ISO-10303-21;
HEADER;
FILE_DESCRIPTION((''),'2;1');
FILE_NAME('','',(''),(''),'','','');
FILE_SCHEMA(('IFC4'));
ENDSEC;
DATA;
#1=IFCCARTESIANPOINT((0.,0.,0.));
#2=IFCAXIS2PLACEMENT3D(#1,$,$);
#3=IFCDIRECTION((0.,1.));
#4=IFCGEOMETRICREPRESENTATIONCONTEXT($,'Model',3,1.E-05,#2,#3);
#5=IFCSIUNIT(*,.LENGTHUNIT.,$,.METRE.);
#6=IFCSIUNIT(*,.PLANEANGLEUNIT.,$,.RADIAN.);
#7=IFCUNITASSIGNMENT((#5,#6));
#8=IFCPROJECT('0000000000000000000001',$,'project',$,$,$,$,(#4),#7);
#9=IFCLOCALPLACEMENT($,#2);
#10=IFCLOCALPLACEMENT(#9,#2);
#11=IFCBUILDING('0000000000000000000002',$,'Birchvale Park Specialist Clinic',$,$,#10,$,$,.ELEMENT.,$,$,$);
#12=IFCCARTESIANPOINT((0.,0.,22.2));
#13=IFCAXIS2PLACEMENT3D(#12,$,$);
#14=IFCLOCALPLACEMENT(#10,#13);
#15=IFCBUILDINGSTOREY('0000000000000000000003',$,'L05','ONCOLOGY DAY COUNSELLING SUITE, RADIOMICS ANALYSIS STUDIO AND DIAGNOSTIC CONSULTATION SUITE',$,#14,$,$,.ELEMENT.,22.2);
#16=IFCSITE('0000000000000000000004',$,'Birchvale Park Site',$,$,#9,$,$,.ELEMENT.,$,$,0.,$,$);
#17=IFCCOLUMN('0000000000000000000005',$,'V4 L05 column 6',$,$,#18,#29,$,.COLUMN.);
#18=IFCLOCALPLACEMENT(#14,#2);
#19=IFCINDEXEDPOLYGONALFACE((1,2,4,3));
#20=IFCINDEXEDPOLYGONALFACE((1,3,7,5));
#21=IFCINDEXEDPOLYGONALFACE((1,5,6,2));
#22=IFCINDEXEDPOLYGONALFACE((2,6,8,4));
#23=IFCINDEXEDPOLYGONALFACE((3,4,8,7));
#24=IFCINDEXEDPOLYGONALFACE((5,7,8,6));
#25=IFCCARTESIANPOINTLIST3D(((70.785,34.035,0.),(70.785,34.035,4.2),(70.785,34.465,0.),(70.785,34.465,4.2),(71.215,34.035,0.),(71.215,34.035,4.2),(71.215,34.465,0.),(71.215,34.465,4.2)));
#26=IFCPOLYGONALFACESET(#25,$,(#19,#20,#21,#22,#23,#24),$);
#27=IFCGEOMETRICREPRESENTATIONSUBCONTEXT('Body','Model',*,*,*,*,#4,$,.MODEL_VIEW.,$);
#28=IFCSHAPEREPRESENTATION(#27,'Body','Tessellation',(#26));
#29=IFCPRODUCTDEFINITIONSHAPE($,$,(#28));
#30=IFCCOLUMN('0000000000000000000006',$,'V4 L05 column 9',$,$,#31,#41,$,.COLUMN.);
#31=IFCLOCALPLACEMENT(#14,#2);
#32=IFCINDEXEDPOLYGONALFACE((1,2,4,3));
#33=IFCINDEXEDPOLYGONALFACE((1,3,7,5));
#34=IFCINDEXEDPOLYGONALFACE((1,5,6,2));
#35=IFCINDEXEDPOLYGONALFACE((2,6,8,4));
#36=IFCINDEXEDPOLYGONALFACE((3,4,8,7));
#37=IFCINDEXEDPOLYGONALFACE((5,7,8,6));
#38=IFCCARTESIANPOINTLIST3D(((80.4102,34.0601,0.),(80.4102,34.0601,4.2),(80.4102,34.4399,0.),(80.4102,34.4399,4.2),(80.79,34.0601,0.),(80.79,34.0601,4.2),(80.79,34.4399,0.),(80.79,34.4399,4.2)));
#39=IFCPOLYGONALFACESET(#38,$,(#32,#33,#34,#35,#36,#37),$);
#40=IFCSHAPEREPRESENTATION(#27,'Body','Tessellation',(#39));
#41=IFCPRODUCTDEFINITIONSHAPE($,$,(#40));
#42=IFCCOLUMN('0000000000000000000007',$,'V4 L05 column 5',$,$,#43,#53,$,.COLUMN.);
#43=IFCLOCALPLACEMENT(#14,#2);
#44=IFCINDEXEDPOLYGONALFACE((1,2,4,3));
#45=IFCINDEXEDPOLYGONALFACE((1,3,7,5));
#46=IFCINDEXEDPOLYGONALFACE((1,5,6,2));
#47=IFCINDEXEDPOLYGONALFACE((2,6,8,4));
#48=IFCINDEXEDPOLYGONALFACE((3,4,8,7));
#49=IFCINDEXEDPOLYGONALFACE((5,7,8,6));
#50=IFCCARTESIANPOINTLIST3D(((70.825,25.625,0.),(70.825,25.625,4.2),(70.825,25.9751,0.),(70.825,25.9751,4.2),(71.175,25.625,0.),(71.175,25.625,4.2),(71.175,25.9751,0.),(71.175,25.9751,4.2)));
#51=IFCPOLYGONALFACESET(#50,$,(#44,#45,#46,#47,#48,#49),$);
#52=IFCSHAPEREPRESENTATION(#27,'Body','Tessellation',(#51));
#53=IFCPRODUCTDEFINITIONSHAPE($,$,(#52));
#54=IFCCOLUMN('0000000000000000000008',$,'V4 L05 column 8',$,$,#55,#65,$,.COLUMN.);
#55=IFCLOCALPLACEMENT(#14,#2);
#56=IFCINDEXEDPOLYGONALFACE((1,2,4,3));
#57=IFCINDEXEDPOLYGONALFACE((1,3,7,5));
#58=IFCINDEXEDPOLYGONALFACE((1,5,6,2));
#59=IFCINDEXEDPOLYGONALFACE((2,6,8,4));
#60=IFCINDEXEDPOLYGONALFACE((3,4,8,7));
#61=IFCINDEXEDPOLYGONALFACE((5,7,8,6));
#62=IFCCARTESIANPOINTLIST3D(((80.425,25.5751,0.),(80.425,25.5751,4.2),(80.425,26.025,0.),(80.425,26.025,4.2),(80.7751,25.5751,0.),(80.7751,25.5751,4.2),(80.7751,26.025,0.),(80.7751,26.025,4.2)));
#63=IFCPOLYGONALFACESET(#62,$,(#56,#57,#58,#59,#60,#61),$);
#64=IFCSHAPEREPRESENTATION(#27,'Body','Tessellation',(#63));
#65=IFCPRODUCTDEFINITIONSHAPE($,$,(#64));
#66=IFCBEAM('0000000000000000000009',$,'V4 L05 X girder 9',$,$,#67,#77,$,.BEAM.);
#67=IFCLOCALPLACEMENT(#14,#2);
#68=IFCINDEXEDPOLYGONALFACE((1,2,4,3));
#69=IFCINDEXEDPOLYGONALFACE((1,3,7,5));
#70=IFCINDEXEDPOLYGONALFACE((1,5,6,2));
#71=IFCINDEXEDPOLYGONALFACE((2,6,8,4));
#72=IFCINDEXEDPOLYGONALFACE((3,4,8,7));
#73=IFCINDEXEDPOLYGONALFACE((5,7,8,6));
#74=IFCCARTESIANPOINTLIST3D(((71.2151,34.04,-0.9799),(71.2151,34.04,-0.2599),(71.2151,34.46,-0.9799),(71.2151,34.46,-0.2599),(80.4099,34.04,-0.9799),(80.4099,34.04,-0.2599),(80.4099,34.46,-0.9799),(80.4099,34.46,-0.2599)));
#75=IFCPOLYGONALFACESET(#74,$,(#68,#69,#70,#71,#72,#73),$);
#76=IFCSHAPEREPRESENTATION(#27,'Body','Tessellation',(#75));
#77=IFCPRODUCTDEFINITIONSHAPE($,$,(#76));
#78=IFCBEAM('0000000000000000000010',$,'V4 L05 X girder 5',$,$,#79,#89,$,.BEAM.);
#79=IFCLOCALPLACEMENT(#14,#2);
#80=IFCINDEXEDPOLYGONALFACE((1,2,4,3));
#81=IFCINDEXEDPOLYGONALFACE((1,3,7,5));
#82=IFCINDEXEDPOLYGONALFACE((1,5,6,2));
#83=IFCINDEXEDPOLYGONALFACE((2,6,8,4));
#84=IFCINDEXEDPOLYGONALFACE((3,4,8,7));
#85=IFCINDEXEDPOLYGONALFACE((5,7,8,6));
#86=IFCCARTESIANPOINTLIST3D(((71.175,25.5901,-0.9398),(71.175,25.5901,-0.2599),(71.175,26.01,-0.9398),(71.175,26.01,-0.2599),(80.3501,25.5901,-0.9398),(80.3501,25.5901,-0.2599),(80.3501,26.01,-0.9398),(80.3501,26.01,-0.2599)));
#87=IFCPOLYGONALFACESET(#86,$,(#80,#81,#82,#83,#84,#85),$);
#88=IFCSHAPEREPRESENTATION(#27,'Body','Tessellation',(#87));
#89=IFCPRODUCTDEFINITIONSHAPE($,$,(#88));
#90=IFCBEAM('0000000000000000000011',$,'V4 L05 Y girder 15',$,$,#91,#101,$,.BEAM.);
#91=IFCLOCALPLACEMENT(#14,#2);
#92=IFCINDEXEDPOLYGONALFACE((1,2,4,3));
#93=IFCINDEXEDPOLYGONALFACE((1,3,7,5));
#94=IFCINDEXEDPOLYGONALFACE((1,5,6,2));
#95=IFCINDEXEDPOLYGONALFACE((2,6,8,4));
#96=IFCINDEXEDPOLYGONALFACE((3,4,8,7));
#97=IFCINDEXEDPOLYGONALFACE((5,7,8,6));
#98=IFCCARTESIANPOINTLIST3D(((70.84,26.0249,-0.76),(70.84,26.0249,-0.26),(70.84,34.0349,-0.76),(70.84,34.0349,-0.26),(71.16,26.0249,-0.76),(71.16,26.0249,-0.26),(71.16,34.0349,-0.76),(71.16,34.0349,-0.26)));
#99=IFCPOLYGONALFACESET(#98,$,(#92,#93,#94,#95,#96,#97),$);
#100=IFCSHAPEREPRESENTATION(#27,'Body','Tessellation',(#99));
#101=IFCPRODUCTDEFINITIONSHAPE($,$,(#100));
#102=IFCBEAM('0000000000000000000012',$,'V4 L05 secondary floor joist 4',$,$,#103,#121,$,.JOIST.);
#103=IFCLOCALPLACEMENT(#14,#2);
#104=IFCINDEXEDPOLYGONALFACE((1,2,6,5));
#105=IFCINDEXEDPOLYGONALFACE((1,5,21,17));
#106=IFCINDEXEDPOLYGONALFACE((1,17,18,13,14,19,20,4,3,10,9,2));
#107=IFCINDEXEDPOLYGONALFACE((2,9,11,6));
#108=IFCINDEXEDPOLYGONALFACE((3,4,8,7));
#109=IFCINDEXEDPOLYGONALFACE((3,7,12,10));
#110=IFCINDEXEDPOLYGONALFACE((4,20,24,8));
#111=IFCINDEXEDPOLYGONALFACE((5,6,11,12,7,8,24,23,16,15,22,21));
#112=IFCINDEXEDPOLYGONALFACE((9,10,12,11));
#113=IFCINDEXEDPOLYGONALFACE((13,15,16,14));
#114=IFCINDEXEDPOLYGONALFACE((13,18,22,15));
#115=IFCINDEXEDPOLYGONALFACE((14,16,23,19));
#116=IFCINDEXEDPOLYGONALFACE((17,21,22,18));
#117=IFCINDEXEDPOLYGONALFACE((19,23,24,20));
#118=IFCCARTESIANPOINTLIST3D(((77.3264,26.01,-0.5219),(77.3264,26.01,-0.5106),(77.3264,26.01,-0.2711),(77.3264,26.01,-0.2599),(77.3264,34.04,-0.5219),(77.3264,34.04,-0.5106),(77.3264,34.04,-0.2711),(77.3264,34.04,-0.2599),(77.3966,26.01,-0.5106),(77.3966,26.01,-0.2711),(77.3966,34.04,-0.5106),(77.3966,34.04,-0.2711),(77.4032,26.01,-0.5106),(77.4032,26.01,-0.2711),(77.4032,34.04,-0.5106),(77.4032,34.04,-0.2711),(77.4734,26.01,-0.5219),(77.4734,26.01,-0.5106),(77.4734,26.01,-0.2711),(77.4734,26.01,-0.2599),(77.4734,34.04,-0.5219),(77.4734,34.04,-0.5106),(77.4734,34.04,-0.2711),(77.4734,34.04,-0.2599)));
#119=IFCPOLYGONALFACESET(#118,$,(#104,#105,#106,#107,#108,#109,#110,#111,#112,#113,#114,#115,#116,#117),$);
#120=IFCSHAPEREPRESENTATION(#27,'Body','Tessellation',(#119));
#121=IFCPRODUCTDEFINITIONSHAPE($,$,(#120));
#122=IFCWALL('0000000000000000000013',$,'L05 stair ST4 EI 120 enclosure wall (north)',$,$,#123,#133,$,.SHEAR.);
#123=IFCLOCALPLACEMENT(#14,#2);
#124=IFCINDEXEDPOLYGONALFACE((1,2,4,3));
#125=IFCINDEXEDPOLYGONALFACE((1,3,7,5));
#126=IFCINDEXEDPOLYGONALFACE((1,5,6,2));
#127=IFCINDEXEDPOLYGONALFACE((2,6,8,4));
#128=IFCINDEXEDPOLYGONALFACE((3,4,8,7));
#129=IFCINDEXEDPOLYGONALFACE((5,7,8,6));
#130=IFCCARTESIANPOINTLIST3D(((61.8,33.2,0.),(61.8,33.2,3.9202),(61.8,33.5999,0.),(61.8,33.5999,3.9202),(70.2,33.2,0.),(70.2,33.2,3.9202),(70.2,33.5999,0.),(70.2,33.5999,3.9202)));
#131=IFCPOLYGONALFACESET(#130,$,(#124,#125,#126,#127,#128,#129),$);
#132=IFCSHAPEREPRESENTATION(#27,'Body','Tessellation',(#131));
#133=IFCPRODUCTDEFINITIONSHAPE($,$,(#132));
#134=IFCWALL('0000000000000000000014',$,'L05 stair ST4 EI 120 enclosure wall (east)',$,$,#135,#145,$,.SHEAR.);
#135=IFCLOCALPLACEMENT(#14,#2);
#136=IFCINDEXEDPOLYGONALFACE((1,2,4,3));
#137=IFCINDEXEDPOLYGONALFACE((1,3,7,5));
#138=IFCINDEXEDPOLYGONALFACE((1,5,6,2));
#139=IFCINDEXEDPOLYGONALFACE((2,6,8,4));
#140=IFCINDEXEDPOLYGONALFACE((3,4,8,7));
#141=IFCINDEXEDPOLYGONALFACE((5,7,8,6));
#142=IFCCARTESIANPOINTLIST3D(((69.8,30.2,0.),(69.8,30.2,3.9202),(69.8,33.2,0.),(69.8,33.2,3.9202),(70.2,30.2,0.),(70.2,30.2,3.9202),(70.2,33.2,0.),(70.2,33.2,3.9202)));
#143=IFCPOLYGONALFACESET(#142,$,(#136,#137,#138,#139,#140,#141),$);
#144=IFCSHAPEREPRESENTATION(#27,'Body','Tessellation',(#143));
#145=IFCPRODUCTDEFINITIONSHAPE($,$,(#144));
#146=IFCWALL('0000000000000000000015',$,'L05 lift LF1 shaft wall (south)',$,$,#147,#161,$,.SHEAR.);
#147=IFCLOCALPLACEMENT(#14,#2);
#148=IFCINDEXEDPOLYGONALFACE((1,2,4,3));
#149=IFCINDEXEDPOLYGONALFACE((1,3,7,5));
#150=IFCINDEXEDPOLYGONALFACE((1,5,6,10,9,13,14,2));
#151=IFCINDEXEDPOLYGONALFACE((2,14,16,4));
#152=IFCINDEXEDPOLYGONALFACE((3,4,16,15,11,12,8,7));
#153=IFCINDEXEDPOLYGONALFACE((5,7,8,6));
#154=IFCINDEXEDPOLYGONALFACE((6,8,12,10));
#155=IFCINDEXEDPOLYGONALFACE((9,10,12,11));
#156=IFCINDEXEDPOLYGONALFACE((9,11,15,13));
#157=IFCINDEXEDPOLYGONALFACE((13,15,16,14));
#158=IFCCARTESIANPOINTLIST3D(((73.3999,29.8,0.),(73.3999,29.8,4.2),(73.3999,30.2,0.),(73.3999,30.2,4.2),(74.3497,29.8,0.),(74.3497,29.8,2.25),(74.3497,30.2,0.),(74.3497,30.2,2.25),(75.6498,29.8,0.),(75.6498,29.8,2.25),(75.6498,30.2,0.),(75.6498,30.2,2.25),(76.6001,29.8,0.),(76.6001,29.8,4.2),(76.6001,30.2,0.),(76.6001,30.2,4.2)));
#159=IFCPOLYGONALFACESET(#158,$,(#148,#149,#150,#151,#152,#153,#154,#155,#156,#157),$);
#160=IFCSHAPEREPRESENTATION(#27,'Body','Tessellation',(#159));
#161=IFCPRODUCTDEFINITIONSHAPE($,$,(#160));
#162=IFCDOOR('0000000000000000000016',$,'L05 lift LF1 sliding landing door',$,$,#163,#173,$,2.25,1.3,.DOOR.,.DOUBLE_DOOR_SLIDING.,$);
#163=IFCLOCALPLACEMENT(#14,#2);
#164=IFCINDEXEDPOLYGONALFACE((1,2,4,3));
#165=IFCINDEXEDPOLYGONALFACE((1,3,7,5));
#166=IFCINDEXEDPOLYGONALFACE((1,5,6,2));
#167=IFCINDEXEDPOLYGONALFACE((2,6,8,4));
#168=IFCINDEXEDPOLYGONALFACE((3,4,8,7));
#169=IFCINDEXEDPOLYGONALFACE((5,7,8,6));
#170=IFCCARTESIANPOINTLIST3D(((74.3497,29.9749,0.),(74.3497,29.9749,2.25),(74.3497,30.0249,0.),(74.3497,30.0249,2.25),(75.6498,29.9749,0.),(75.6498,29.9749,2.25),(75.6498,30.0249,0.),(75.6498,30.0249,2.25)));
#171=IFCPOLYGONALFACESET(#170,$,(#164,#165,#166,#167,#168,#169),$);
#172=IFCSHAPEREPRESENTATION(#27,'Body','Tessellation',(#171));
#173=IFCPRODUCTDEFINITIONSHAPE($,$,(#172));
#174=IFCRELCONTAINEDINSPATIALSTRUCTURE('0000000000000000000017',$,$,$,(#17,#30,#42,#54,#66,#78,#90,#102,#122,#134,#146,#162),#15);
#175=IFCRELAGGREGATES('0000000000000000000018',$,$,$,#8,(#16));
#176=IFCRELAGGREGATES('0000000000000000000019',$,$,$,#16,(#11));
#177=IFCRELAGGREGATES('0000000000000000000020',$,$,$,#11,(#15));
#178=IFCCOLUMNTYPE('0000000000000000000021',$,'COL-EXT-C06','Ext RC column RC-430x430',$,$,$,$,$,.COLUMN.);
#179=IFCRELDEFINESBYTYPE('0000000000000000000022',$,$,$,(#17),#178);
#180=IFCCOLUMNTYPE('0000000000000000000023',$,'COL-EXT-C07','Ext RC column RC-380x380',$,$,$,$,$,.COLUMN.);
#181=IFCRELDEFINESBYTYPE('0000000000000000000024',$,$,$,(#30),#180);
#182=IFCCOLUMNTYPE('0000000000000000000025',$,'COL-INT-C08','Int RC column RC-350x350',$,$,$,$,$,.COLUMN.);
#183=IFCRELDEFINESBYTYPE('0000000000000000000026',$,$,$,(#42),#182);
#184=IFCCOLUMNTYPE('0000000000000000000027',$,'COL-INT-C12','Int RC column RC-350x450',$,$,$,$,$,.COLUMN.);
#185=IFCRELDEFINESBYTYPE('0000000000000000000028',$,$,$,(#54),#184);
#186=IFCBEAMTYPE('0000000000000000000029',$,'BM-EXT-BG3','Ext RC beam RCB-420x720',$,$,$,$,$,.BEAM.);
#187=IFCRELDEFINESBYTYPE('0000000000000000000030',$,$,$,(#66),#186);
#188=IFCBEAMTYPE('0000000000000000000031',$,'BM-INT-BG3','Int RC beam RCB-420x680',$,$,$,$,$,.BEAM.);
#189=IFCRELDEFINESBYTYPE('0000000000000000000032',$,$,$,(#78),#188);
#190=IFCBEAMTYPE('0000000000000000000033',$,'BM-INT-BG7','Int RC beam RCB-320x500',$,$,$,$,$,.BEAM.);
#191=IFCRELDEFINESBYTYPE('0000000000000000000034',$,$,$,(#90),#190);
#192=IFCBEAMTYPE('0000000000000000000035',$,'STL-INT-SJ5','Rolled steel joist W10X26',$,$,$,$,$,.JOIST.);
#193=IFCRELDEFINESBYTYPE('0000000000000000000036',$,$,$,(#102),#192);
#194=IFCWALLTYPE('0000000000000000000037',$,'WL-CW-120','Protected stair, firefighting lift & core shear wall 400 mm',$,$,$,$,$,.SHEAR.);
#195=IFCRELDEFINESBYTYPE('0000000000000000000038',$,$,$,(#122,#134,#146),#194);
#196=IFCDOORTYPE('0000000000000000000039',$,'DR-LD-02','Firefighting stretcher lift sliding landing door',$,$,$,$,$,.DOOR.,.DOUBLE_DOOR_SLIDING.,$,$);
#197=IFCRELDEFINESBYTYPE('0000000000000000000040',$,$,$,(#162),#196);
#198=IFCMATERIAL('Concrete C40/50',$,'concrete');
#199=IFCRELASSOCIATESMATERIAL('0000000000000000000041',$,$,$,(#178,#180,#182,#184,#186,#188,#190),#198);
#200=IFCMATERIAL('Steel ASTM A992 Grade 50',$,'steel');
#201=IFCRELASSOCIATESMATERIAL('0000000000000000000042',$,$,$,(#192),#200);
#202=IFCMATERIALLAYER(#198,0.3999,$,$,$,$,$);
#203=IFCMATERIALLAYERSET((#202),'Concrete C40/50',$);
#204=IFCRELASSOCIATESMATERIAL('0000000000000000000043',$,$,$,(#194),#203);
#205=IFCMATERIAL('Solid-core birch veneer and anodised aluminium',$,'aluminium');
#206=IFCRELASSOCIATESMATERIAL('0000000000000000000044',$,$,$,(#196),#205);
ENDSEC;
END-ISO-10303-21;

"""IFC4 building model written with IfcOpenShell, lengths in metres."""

from ifc_helpers import new_model, si_unit, direction, frame, frame_2d, origin, origin_2d, place, context, subcontext, project, spatial, rectangle, i_section, extrude, material, layer, layer_set, material_profile, profile_set, type_object, element, fill, save


model = new_model("IFC4")

# Units and contexts
model_context = context("Model", 3, precision=1e-05, world=origin(), true_north=direction((0.0, 1.0)))
body_context = subcontext(model_context, "Body", "Model", "MODEL_VIEW")
ifc_project = project(units=[si_unit("LENGTHUNIT", "METRE"), si_unit("PLANEANGLEUNIT", "RADIAN")], contexts=[model_context])

# Site, building, storey
site_placement = place(None, origin())
site = spatial("IfcSite", under=ifc_project, at=site_placement, Name="Birchvale Park Site", CompositionType="ELEMENT", RefElevation=0.0)
building_placement = place(site_placement, origin())
building = spatial("IfcBuilding", under=site, at=building_placement, Name="Birchvale Park Specialist Clinic", CompositionType="ELEMENT")
storey_placement = place(building_placement, frame((0.0, 0.0, 22.2)))
storey = spatial("IfcBuildingStorey", under=building, at=storey_placement, Name="L05", Description="ONCOLOGY DAY COUNSELLING SUITE, RADIOMICS ANALYSIS STUDIO AND DIAGNOSTIC CONSULTATION SUITE", CompositionType="ELEMENT", Elevation=22.2)

# Columns
ifc_material_1 = material(Name="Concrete C40/50", Category="concrete")
ifc_material_profile_1 = material_profile(ifc_material_1, rectangle(XDim=0.4299, YDim=0.4299, at=origin_2d()), Name="RC-430x430")
ifc_profile_set_1 = profile_set([ifc_material_profile_1], Name="Concrete C40/50")
column_type_1 = type_object("IfcColumnType", Name="COL-EXT-C06", Description="Ext RC column RC-430x430", PredefinedType="COLUMN", material=ifc_profile_set_1)
column_1_placement = place(storey_placement, frame((71.0, 34.25, 0.0), z_axis=(0.0, 0.0, 1.0), x_axis=(1.0, 0.0, 0.0)))
element("IfcColumn", 1, at=column_1_placement, inside=storey, type_object=column_type_1, Name="V4 L05 column 6", PredefinedType="COLUMN", context=body_context, shape_type="SweptSolid", body=[
    extrude(rectangle(XDim=0.4299, YDim=0.4299, at=origin_2d()), origin(), (0.0, 0.0, 1.0), 4.2),
])
ifc_material_profile_2 = material_profile(ifc_material_1, rectangle(XDim=0.3799, YDim=0.3799, at=origin_2d()), Name="RC-380x380")
ifc_profile_set_2 = profile_set([ifc_material_profile_2], Name="Concrete C40/50")
column_type_2 = type_object("IfcColumnType", Name="COL-EXT-C07", Description="Ext RC column RC-380x380", PredefinedType="COLUMN", material=ifc_profile_set_2)
column_2_placement = place(storey_placement, frame((80.6001, 34.25, 0.0), z_axis=(0.0, 0.0, 1.0), x_axis=(1.0, 0.0, 0.0)))
element("IfcColumn", 2, at=column_2_placement, inside=storey, type_object=column_type_2, Name="V4 L05 column 9", PredefinedType="COLUMN", context=body_context, shape_type="SweptSolid", body=[
    extrude(rectangle(XDim=0.3799, YDim=0.3799, at=origin_2d()), origin(), (0.0, 0.0, 1.0), 4.2),
])
ifc_material_profile_3 = material_profile(ifc_material_1, rectangle(XDim=0.3501, YDim=0.3501, at=origin_2d()), Name="RC-350x350")
ifc_profile_set_3 = profile_set([ifc_material_profile_3], Name="Concrete C40/50")
column_type_3 = type_object("IfcColumnType", Name="COL-INT-C08", Description="Int RC column RC-350x350", PredefinedType="COLUMN", material=ifc_profile_set_3)
column_3_placement = place(storey_placement, frame((71.0, 25.8, 0.0), z_axis=(0.0, 0.0, 1.0), x_axis=(1.0, 0.0, 0.0)))
element("IfcColumn", 3, at=column_3_placement, inside=storey, type_object=column_type_3, Name="V4 L05 column 5", PredefinedType="COLUMN", context=body_context, shape_type="SweptSolid", body=[
    extrude(rectangle(XDim=0.3501, YDim=0.3501, at=origin_2d()), origin(), (0.0, 0.0, 1.0), 4.2),
])
ifc_material_profile_4 = material_profile(ifc_material_1, rectangle(XDim=0.3501, YDim=0.45, at=origin_2d()), Name="RC-350x450")
ifc_profile_set_4 = profile_set([ifc_material_profile_4], Name="Concrete C40/50")
column_type_4 = type_object("IfcColumnType", Name="COL-INT-C12", Description="Int RC column RC-350x450", PredefinedType="COLUMN", material=ifc_profile_set_4)
column_4_placement = place(storey_placement, frame((80.6001, 25.8, 0.0), z_axis=(0.0, 0.0, 1.0), x_axis=(1.0, 0.0, 0.0)))
element("IfcColumn", 4, at=column_4_placement, inside=storey, type_object=column_type_4, Name="V4 L05 column 8", PredefinedType="COLUMN", context=body_context, shape_type="SweptSolid", body=[
    extrude(rectangle(XDim=0.3501, YDim=0.45, at=origin_2d()), origin(), (0.0, 0.0, 1.0), 4.2),
])

# Beams
ifc_material_profile_5 = material_profile(ifc_material_1, rectangle(XDim=0.4199, YDim=0.72, at=origin_2d()), Name="RCB-420x720")
ifc_profile_set_5 = profile_set([ifc_material_profile_5], Name="Concrete C40/50")
beam_type_1 = type_object("IfcBeamType", Name="BM-EXT-BG3", Description="Ext RC beam RCB-420x720", PredefinedType="BEAM", material=ifc_profile_set_5)
beam_1_placement = place(storey_placement, frame((71.2151, 34.25, -0.6199), z_axis=(1.0, 0.0, 0.0), x_axis=(0.0, 1.0, 0.0)))
element("IfcBeam", 5, at=beam_1_placement, inside=storey, type_object=beam_type_1, Name="V4 L05 X girder 9", PredefinedType="BEAM", context=body_context, shape_type="SweptSolid", body=[
    extrude(rectangle(XDim=0.4199, YDim=0.72, at=origin_2d()), origin(), (0.0, 0.0, 1.0), 9.1948),
])
ifc_material_profile_6 = material_profile(ifc_material_1, rectangle(XDim=0.4199, YDim=0.6799, at=origin_2d()), Name="RCB-420x680")
ifc_profile_set_6 = profile_set([ifc_material_profile_6], Name="Concrete C40/50")
beam_type_2 = type_object("IfcBeamType", Name="BM-INT-BG3", Description="Int RC beam RCB-420x680", PredefinedType="BEAM", material=ifc_profile_set_6)
beam_2_placement = place(storey_placement, frame((71.175, 25.8, -0.5999), z_axis=(1.0, 0.0, 0.0), x_axis=(0.0, 1.0, 0.0)))
element("IfcBeam", 6, at=beam_2_placement, inside=storey, type_object=beam_type_2, Name="V4 L05 X girder 5", PredefinedType="BEAM", context=body_context, shape_type="SweptSolid", body=[
    extrude(rectangle(XDim=0.4199, YDim=0.6799, at=origin_2d()), origin(), (0.0, 0.0, 1.0), 9.175),
])
ifc_material_profile_7 = material_profile(ifc_material_1, rectangle(XDim=0.3201, YDim=0.5, at=origin_2d()), Name="RCB-320x500")
ifc_profile_set_7 = profile_set([ifc_material_profile_7], Name="Concrete C40/50")
beam_type_3 = type_object("IfcBeamType", Name="BM-INT-BG7", Description="Int RC beam RCB-320x500", PredefinedType="BEAM", material=ifc_profile_set_7)
beam_3_placement = place(storey_placement, frame((71.0, 26.0249, -0.51), z_axis=(0.0, 1.0, 0.0), x_axis=(-1.0, 0.0, 0.0)))
element("IfcBeam", 7, at=beam_3_placement, inside=storey, type_object=beam_type_3, Name="V4 L05 Y girder 15", PredefinedType="BEAM", context=body_context, shape_type="SweptSolid", body=[
    extrude(rectangle(XDim=0.3201, YDim=0.5, at=origin_2d()), origin(), (0.0, 0.0, 1.0), 8.01),
])
ifc_material_2 = material(Name="Steel ASTM A992 Grade 50", Category="steel")
ifc_material_profile_8 = material_profile(ifc_material_2, i_section(OverallWidth=0.147, OverallDepth=0.262, WebThickness=0.0066, FlangeThickness=0.0112, at=origin_2d()), Name="W10X26")
ifc_profile_set_8 = profile_set([ifc_material_profile_8], Name="Steel ASTM A992 Grade 50")
beam_type_4 = type_object("IfcBeamType", Name="STL-INT-SJ5", Description="Rolled steel joist W10X26", PredefinedType="JOIST", material=ifc_profile_set_8)
beam_4_placement = place(storey_placement, frame((77.3999, 26.01, -0.3909), z_axis=(0.0, 1.0, 0.0), x_axis=(-1.0, 0.0, 0.0)))
element("IfcBeam", 8, at=beam_4_placement, inside=storey, type_object=beam_type_4, Name="V4 L05 secondary floor joist 4", PredefinedType="JOIST", context=body_context, shape_type="SweptSolid", body=[
    extrude(i_section(OverallWidth=0.147, OverallDepth=0.262, WebThickness=0.0066, FlangeThickness=0.0112, at=origin_2d()), origin(), (0.0, 0.0, 1.0), 8.03),
])

# Walls
ifc_layer_1 = layer(ifc_material_1, 0.3999)
ifc_layer_set_1 = layer_set([ifc_layer_1], Name="Concrete C40/50")
wall_type_1 = type_object("IfcWallType", Name="WL-CW-120", Description="Protected stair, firefighting lift & core shear wall 400 mm", PredefinedType="SHEAR", material=ifc_layer_set_1)
wall_1_placement = place(storey_placement, frame((70.2, 33.3999, 0.0), z_axis=(0.0, 0.0, 1.0), x_axis=(-1.0, 0.0, 0.0)))
element("IfcWall", 9, at=wall_1_placement, inside=storey, type_object=wall_type_1, Name="L05 stair ST4 EI 120 enclosure wall (north)", PredefinedType="SHEAR", context=body_context, shape_type="SweptSolid", body=[
    extrude(rectangle(XDim=8.3999, YDim=0.3999, at=frame_2d((4.2, 0.0))), origin(), (0.0, 0.0, 1.0), 3.9202),
])
wall_2_placement = place(storey_placement, frame((70.0, 33.2, 0.0), z_axis=(0.0, 0.0, 1.0), x_axis=(0.0, -1.0, 0.0)))
element("IfcWall", 10, at=wall_2_placement, inside=storey, type_object=wall_type_1, Name="L05 stair ST4 EI 120 enclosure wall (east)", PredefinedType="SHEAR", context=body_context, shape_type="SweptSolid", body=[
    extrude(rectangle(XDim=3.0, YDim=0.3999, at=frame_2d((1.5, 0.0))), origin(), (0.0, 0.0, 1.0), 3.9202),
])

# Wall, opening, door
wall_3_placement = place(storey_placement, frame((73.3999, 30.0, 0.0), z_axis=(0.0, 0.0, 1.0), x_axis=(1.0, 0.0, 0.0)))
wall_3 = element("IfcWall", 11, at=wall_3_placement, inside=storey, type_object=wall_type_1, Name="L05 lift LF1 shaft wall (south)", PredefinedType="SHEAR", context=body_context, shape_type="SweptSolid", body=[
    extrude(rectangle(XDim=3.2002, YDim=0.3999, at=frame_2d((1.6001, 0.0))), origin(), (0.0, 0.0, 1.0), 4.2),
])
opening_1_placement = place(wall_3_placement, frame((0.95, 0.0, 0.0)))
opening_1 = element("IfcOpeningElement", 12, at=opening_1_placement, cuts=wall_3, PredefinedType="OPENING", context=body_context, shape_type="SweptSolid", body=[
    extrude(rectangle(XDim=1.3, YDim=2.25, at=frame_2d((0.6499, 1.125))), frame((0.0, 0.21, 0.0), z_axis=(0.0, -1.0, 0.0), x_axis=(1.0, 0.0, 0.0)), (0.0, 0.0, 1.0), 0.4199),
])
ifc_material_3 = material(Name="Solid-core birch veneer and anodised aluminium", Category="aluminium")
door_type = type_object("IfcDoorType", Name="DR-LD-02", Description="Firefighting stretcher lift sliding landing door", OperationType="DOUBLE_DOOR_SLIDING", PredefinedType="DOOR", material=ifc_material_3)
door_placement = place(opening_1_placement, origin())
door = element("IfcDoor", 13, at=door_placement, inside=storey, type_object=door_type, Name="L05 lift LF1 sliding landing door", OperationType="DOUBLE_DOOR_SLIDING", OverallHeight=2.25, OverallWidth=1.3, PredefinedType="DOOR", context=body_context, shape_type="SweptSolid", body=[
    extrude(rectangle(XDim=1.3, YDim=2.25, at=frame_2d((0.6499, 1.125))), frame((0.0, 0.0249, 0.0), z_axis=(0.0, -1.0, 0.0), x_axis=(1.0, 0.0, 0.0)), (0.0, 0.0, 1.0), 0.05),
])
fill(opening_1, door)

save(model, "model.ifc")
